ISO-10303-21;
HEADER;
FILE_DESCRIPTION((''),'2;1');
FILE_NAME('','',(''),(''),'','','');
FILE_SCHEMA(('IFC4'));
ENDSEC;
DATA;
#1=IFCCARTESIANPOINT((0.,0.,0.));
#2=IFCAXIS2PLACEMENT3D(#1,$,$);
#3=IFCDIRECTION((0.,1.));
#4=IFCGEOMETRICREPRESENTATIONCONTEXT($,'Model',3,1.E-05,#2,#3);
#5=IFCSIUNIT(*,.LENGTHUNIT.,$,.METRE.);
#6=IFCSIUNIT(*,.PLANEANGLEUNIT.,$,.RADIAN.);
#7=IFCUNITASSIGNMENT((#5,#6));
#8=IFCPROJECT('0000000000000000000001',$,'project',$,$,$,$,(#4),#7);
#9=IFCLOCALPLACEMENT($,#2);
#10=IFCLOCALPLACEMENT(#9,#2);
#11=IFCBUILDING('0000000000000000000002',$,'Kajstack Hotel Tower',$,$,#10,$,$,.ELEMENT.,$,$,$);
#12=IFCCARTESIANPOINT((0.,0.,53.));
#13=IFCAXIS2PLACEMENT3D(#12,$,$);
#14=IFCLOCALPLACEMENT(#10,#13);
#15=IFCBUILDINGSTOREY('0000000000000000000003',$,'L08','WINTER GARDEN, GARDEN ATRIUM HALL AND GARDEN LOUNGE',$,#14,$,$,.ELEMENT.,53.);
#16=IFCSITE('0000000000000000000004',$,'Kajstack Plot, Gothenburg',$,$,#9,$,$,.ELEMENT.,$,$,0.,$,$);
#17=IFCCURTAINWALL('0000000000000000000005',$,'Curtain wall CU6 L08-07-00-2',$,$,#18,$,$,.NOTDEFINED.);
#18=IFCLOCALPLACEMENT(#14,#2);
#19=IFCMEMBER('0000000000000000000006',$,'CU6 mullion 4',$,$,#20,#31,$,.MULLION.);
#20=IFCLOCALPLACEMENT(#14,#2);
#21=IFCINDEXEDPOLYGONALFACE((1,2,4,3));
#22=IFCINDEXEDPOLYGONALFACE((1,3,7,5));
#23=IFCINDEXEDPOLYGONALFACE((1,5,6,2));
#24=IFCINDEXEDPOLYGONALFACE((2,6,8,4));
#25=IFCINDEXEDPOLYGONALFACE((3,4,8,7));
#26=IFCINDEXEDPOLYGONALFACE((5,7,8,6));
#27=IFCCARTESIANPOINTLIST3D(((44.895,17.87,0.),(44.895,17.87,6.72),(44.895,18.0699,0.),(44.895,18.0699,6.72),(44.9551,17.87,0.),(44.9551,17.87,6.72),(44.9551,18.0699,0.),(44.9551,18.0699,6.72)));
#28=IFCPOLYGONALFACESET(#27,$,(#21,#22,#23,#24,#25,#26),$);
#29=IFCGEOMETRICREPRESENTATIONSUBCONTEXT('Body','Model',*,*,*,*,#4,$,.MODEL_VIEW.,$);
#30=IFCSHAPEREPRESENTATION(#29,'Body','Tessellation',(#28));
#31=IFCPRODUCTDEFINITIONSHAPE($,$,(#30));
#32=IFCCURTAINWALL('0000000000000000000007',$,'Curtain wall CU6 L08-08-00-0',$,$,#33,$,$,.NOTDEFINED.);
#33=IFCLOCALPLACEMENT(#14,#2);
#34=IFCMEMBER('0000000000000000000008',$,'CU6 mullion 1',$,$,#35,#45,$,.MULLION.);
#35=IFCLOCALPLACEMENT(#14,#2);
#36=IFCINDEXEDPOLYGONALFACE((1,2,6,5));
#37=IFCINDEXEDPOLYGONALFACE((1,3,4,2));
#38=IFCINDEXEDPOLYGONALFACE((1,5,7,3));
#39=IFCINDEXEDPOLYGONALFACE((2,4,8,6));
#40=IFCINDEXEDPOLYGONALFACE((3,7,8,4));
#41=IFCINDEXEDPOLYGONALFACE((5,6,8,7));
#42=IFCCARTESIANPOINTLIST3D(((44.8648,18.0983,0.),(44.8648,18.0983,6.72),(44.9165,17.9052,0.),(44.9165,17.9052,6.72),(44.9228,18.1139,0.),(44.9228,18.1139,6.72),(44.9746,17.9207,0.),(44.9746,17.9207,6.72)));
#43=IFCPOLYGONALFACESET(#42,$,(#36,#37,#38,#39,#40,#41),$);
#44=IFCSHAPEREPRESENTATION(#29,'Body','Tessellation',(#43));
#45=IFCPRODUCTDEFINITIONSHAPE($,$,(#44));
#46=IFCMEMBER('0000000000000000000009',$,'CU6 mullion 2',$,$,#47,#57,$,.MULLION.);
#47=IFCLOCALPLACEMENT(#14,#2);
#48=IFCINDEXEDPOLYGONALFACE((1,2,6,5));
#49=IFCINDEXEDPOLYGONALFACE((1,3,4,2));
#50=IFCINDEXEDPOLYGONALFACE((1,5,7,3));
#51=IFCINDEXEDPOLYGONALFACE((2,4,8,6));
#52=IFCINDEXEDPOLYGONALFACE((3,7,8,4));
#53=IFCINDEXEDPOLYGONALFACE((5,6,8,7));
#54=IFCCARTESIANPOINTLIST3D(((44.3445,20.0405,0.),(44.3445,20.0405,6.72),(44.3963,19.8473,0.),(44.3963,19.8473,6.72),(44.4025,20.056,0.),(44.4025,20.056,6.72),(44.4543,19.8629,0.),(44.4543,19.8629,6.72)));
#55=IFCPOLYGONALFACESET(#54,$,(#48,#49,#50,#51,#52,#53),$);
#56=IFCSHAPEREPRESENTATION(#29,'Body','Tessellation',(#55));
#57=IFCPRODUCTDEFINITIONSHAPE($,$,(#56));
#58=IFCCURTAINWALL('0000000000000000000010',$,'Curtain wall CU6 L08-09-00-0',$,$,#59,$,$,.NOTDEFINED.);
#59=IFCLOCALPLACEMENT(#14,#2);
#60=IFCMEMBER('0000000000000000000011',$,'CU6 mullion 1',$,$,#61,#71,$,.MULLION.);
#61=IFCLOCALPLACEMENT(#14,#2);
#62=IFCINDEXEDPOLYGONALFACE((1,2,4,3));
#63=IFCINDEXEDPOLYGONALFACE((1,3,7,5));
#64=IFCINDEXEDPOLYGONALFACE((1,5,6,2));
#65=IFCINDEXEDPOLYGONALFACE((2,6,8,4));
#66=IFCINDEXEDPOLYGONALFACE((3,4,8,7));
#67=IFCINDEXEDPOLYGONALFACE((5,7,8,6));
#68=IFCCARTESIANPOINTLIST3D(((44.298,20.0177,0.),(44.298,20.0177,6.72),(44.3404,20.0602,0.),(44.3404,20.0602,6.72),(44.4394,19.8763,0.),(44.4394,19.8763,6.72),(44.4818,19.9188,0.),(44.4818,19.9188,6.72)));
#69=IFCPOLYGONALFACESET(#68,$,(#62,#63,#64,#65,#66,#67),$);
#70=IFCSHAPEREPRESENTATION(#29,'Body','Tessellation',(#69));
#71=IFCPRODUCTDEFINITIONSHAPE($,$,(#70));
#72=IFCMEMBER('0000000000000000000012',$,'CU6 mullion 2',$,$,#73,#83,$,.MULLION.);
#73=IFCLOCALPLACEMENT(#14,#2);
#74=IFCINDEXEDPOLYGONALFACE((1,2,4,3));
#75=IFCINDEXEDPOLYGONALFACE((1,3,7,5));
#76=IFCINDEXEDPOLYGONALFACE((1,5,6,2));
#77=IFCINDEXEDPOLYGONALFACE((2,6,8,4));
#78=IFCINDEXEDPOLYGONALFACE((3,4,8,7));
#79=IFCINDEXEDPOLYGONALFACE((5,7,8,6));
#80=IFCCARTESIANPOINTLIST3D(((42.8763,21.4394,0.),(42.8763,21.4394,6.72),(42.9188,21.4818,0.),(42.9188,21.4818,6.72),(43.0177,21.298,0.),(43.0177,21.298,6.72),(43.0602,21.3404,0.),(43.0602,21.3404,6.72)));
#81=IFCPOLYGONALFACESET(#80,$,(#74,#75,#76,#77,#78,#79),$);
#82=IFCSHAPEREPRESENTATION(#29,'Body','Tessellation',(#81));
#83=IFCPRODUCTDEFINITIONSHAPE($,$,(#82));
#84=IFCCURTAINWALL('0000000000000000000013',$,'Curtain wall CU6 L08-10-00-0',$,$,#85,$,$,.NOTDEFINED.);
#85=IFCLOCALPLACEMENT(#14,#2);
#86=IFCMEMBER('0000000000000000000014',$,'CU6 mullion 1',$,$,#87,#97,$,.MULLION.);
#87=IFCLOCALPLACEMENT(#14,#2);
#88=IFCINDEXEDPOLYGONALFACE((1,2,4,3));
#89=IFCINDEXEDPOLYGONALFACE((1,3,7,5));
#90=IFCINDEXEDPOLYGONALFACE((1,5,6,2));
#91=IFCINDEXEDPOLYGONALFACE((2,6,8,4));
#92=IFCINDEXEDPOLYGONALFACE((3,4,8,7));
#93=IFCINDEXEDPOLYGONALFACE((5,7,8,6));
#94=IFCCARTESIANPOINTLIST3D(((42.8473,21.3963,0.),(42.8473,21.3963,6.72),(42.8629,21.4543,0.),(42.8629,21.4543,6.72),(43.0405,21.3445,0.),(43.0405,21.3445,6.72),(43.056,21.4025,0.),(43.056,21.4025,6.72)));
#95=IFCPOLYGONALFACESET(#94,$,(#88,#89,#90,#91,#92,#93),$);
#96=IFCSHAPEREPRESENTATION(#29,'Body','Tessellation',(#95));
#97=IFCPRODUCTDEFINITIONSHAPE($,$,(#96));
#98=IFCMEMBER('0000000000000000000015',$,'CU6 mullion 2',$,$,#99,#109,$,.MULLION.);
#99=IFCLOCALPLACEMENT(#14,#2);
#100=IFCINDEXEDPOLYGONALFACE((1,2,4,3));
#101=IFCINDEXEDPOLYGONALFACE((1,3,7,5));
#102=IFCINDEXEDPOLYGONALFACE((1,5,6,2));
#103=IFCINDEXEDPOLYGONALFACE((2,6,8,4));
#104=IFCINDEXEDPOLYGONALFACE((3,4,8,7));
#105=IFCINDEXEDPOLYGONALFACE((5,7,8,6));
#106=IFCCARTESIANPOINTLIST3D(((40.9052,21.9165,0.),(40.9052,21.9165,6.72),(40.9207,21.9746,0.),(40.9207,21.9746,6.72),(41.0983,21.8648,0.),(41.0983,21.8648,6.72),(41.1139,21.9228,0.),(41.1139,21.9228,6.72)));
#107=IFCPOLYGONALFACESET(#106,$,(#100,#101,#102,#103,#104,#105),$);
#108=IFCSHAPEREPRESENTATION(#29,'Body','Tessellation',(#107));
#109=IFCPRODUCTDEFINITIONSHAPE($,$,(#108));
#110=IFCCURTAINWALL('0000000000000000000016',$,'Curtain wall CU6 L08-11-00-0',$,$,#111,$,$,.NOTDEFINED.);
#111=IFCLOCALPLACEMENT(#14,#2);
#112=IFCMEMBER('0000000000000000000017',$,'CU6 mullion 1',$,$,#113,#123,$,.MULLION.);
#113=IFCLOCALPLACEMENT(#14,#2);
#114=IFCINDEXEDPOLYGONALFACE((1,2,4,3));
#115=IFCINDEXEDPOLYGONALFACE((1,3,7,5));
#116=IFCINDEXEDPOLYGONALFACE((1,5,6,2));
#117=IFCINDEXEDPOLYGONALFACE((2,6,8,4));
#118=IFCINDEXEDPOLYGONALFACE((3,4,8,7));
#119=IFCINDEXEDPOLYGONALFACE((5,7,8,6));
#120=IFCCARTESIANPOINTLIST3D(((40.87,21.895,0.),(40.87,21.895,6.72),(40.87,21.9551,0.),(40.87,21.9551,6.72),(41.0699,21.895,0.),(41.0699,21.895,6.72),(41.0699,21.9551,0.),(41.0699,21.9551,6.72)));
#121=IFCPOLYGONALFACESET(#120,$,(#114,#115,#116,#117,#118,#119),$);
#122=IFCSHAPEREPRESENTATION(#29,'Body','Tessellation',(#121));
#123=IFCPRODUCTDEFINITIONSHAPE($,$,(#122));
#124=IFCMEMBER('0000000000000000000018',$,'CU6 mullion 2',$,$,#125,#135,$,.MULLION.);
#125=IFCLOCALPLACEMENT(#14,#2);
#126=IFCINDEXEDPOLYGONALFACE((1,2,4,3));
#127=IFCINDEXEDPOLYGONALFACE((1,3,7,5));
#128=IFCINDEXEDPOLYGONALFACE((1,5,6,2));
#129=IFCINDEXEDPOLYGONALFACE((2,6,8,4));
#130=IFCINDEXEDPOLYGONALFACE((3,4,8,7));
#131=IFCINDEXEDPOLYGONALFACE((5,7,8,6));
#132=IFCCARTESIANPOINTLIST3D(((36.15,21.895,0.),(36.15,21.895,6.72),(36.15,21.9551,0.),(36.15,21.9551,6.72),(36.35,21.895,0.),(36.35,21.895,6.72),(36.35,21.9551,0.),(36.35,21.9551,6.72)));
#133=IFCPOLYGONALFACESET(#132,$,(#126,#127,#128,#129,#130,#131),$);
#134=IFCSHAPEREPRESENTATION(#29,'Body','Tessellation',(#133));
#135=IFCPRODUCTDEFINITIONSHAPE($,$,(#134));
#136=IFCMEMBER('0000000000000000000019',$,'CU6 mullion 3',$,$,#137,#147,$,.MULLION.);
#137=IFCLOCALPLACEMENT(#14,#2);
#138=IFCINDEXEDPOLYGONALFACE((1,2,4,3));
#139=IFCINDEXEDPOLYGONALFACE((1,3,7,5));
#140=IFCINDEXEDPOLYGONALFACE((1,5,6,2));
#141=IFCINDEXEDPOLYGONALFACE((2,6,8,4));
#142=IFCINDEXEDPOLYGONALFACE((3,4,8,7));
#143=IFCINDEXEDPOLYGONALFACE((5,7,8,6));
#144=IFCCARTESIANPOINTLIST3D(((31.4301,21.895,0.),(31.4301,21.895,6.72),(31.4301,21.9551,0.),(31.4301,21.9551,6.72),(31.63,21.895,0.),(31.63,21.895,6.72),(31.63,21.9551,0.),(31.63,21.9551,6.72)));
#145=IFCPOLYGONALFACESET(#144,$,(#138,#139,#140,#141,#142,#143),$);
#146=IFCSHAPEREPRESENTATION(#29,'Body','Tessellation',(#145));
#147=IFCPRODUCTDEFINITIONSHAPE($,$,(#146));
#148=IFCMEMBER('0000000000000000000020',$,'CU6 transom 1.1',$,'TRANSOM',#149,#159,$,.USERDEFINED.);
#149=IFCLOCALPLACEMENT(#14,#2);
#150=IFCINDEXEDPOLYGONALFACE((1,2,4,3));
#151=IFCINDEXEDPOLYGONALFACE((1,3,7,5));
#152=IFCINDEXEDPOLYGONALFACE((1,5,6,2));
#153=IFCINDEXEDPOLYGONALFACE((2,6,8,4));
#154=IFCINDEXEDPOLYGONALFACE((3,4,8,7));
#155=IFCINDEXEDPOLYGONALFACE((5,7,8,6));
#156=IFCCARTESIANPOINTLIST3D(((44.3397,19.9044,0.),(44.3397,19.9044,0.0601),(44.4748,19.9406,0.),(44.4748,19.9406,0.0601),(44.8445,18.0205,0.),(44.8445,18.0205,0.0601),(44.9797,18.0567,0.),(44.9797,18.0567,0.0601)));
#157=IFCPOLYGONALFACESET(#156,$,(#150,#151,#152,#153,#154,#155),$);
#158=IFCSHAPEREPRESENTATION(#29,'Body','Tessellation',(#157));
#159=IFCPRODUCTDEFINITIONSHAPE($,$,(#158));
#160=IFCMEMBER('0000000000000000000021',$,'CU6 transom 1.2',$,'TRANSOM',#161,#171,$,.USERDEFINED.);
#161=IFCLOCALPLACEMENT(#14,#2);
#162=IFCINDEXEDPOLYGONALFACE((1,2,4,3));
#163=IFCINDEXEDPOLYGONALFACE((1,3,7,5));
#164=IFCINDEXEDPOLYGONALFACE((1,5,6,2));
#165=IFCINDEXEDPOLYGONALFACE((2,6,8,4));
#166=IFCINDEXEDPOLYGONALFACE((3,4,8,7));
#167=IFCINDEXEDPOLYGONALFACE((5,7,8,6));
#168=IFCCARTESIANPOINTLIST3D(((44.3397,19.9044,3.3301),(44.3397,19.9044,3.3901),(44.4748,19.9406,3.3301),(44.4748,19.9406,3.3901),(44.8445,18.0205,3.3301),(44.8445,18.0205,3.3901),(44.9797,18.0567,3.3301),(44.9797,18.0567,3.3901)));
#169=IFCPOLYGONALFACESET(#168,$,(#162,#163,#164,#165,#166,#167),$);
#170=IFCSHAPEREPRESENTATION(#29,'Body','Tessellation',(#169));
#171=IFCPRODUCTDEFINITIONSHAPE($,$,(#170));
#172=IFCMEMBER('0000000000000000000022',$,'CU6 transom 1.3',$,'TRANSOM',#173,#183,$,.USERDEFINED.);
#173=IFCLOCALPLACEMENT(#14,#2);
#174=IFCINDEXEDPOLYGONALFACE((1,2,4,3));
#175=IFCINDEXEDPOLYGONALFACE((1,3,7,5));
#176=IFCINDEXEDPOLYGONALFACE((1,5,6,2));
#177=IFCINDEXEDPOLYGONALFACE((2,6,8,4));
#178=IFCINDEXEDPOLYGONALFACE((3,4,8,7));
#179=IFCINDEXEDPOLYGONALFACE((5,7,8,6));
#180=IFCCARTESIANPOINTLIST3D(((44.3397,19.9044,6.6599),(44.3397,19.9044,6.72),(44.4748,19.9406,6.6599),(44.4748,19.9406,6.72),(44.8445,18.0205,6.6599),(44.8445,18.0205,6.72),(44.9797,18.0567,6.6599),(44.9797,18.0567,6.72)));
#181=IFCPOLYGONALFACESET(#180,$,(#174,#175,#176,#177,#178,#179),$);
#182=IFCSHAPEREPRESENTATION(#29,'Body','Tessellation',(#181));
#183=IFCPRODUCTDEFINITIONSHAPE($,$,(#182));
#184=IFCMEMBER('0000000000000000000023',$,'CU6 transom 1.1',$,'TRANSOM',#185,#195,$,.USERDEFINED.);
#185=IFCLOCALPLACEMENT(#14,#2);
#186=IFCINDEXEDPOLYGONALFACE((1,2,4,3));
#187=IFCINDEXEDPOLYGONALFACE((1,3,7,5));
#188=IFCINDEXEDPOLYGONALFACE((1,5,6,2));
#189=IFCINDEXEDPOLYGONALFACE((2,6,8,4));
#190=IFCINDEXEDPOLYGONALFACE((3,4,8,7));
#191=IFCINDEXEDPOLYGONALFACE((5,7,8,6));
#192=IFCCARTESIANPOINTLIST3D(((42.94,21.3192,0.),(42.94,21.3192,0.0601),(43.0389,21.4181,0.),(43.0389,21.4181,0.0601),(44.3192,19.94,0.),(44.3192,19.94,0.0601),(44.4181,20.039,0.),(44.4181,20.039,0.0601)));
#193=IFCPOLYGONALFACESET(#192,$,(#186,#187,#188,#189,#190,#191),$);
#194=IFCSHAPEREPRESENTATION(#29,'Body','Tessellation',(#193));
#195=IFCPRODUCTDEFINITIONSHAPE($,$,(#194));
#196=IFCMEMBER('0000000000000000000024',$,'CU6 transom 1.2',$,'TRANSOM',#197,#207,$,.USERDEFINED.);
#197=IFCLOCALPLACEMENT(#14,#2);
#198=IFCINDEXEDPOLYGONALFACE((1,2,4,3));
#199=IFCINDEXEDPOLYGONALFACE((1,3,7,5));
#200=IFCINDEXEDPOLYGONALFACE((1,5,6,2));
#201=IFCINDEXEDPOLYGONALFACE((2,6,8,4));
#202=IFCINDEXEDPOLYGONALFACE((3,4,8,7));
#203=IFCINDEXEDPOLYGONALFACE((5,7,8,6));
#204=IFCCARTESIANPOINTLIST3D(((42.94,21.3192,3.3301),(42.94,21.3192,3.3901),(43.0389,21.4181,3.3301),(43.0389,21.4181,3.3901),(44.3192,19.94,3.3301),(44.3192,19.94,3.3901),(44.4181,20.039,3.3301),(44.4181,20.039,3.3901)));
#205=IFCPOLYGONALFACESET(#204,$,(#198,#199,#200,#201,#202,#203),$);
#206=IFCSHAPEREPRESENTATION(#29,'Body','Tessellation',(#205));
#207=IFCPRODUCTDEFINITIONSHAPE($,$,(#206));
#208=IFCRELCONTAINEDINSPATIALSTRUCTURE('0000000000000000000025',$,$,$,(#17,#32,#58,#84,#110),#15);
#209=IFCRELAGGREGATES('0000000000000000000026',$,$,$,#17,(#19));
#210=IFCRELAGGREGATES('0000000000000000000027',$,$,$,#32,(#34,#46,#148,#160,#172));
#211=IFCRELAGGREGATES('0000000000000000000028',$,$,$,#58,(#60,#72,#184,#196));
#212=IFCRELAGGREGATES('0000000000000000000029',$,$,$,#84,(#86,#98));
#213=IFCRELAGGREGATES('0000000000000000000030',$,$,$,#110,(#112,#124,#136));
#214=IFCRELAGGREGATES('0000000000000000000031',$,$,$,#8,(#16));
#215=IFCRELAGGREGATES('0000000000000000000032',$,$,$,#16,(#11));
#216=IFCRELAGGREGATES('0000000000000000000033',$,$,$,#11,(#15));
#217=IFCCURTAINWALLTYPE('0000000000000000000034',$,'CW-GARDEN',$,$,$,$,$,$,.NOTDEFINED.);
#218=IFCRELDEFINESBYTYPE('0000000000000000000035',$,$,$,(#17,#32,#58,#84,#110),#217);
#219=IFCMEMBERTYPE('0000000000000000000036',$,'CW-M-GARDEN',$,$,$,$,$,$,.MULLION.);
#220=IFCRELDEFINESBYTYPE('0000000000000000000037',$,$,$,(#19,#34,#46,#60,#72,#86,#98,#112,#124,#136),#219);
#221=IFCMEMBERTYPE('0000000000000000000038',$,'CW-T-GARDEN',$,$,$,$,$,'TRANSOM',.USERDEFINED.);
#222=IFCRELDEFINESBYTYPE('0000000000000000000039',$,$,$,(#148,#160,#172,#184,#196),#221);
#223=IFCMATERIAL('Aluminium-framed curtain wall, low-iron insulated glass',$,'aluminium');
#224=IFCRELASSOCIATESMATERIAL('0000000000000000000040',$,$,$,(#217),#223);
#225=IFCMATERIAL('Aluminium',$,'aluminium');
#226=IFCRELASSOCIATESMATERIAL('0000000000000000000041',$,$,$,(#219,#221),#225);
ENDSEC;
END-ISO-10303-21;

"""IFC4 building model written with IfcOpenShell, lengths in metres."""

from ifc_helpers import new_model, si_unit, direction, frame, origin, origin_2d, place, context, subcontext, project, spatial, rectangle, extrude, material, material_profile, profile_set, type_object, element, aggregate, save


model = new_model("IFC4")

# Units and contexts
model_context = context("Model", 3, precision=1e-05, world=origin(), true_north=direction((0.0, 1.0)))
body_context = subcontext(model_context, "Body", "Model", "MODEL_VIEW")
ifc_project = project(units=[si_unit("LENGTHUNIT", "METRE"), si_unit("PLANEANGLEUNIT", "RADIAN")], contexts=[model_context])

# Site, building, storey
site_placement = place(None, origin())
site = spatial("IfcSite", under=ifc_project, at=site_placement, Name="Kajstack Plot, Gothenburg", CompositionType="ELEMENT", RefElevation=0.0)
building_placement = place(site_placement, origin())
building = spatial("IfcBuilding", under=site, at=building_placement, Name="Kajstack Hotel Tower", CompositionType="ELEMENT")
storey_placement = place(building_placement, frame((0.0, 0.0, 53.0)))
storey = spatial("IfcBuildingStorey", under=building, at=storey_placement, Name="L08", Description="WINTER GARDEN, GARDEN ATRIUM HALL AND GARDEN LOUNGE", CompositionType="ELEMENT", Elevation=53.0)

# Curtain wall, member
ifc_material_1 = material(Name="Aluminium-framed curtain wall, low-iron insulated glass", Category="aluminium")
curtain_wall_type = type_object("IfcCurtainWallType", Name="CW-GARDEN", PredefinedType="NOTDEFINED", material=ifc_material_1)
curtain_wall_1_placement = place(storey_placement, origin())
curtain_wall_1 = element("IfcCurtainWall", 1, at=curtain_wall_1_placement, inside=storey, type_object=curtain_wall_type, Name="Curtain wall CU6 L08-07-00-2", PredefinedType="NOTDEFINED")
ifc_material_2 = material(Name="Aluminium", Category="aluminium")
ifc_material_profile_1 = material_profile(ifc_material_2, rectangle(XDim=0.0601, YDim=0.2, at=origin_2d()), Name="Aluminium mullion 60 x 200")
ifc_profile_set_1 = profile_set([ifc_material_profile_1], Name="Aluminium")
member_type_1 = type_object("IfcMemberType", Name="CW-M-GARDEN", PredefinedType="MULLION", material=ifc_profile_set_1)
member_1_placement = place(storey_placement, frame((44.925, 17.97, 0.0), z_axis=(0.0, 0.0, 1.0), x_axis=(-1.0, 0.0, 0.0)))
member_1 = element("IfcMember", 2, at=member_1_placement, type_object=member_type_1, Name="CU6 mullion 4", PredefinedType="MULLION", context=body_context, shape_type="SweptSolid", body=[
    extrude(rectangle(XDim=0.0601, YDim=0.2, at=origin_2d()), origin(), (0.0, 0.0, 1.0), 6.72),
])
aggregate(curtain_wall_1, [member_1])

# Curtain walls, members
curtain_wall_2_placement = place(storey_placement, origin())
curtain_wall_2 = element("IfcCurtainWall", 3, at=curtain_wall_2_placement, inside=storey, type_object=curtain_wall_type, Name="Curtain wall CU6 L08-08-00-0", PredefinedType="NOTDEFINED")
member_2_placement = place(storey_placement, frame((44.9197, 18.0095, 0.0), z_axis=(0.0, 0.0, 1.0), x_axis=(-0.965926, -0.25882, 0.0)))
member_2 = element("IfcMember", 4, at=member_2_placement, type_object=member_type_1, Name="CU6 mullion 1", PredefinedType="MULLION", context=body_context, shape_type="SweptSolid", body=[
    extrude(rectangle(XDim=0.0601, YDim=0.2, at=origin_2d()), origin(), (0.0, 0.0, 1.0), 6.72),
])
member_3_placement = place(storey_placement, frame((44.3994, 19.9517, 0.0), z_axis=(0.0, 0.0, 1.0), x_axis=(-0.965926, -0.25882, 0.0)))
member_3 = element("IfcMember", 5, at=member_3_placement, type_object=member_type_1, Name="CU6 mullion 2", PredefinedType="MULLION", context=body_context, shape_type="SweptSolid", body=[
    extrude(rectangle(XDim=0.0601, YDim=0.2, at=origin_2d()), origin(), (0.0, 0.0, 1.0), 6.72),
])
curtain_wall_3_placement = place(storey_placement, origin())
curtain_wall_3 = element("IfcCurtainWall", 6, at=curtain_wall_3_placement, inside=storey, type_object=curtain_wall_type, Name="Curtain wall CU6 L08-09-00-0", PredefinedType="NOTDEFINED")
member_4_placement = place(storey_placement, frame((44.3899, 19.9683, 0.0), z_axis=(0.0, 0.0, 1.0), x_axis=(-0.707107, -0.707107, 0.0)))
member_4 = element("IfcMember", 7, at=member_4_placement, type_object=member_type_1, Name="CU6 mullion 1", PredefinedType="MULLION", context=body_context, shape_type="SweptSolid", body=[
    extrude(rectangle(XDim=0.0601, YDim=0.2, at=origin_2d()), origin(), (0.0, 0.0, 1.0), 6.72),
])
member_5_placement = place(storey_placement, frame((42.9683, 21.3899, 0.0), z_axis=(0.0, 0.0, 1.0), x_axis=(-0.707107, -0.707107, 0.0)))
member_5 = element("IfcMember", 8, at=member_5_placement, type_object=member_type_1, Name="CU6 mullion 2", PredefinedType="MULLION", context=body_context, shape_type="SweptSolid", body=[
    extrude(rectangle(XDim=0.0601, YDim=0.2, at=origin_2d()), origin(), (0.0, 0.0, 1.0), 6.72),
])
curtain_wall_4_placement = place(storey_placement, origin())
curtain_wall_4 = element("IfcCurtainWall", 9, at=curtain_wall_4_placement, inside=storey, type_object=curtain_wall_type, Name="Curtain wall CU6 L08-10-00-0", PredefinedType="NOTDEFINED")
member_6_placement = place(storey_placement, frame((42.9517, 21.3994, 0.0), z_axis=(0.0, 0.0, 1.0), x_axis=(-0.25882, -0.965926, 0.0)))
member_6 = element("IfcMember", 10, at=member_6_placement, type_object=member_type_1, Name="CU6 mullion 1", PredefinedType="MULLION", context=body_context, shape_type="SweptSolid", body=[
    extrude(rectangle(XDim=0.0601, YDim=0.2, at=origin_2d()), origin(), (0.0, 0.0, 1.0), 6.72),
])
member_7_placement = place(storey_placement, frame((41.0095, 21.9197, 0.0), z_axis=(0.0, 0.0, 1.0), x_axis=(-0.25882, -0.965926, 0.0)))
member_7 = element("IfcMember", 11, at=member_7_placement, type_object=member_type_1, Name="CU6 mullion 2", PredefinedType="MULLION", context=body_context, shape_type="SweptSolid", body=[
    extrude(rectangle(XDim=0.0601, YDim=0.2, at=origin_2d()), origin(), (0.0, 0.0, 1.0), 6.72),
])
curtain_wall_5_placement = place(storey_placement, origin())
curtain_wall_5 = element("IfcCurtainWall", 12, at=curtain_wall_5_placement, inside=storey, type_object=curtain_wall_type, Name="Curtain wall CU6 L08-11-00-0", PredefinedType="NOTDEFINED")
member_8_placement = place(storey_placement, frame((40.97, 21.925, 0.0), z_axis=(0.0, 0.0, 1.0), x_axis=(0.0, -1.0, 0.0)))
member_8 = element("IfcMember", 13, at=member_8_placement, type_object=member_type_1, Name="CU6 mullion 1", PredefinedType="MULLION", context=body_context, shape_type="SweptSolid", body=[
    extrude(rectangle(XDim=0.0601, YDim=0.2, at=origin_2d()), origin(), (0.0, 0.0, 1.0), 6.72),
])
member_9_placement = place(storey_placement, frame((36.25, 21.925, 0.0), z_axis=(0.0, 0.0, 1.0), x_axis=(0.0, -1.0, 0.0)))
member_9 = element("IfcMember", 14, at=member_9_placement, type_object=member_type_1, Name="CU6 mullion 2", PredefinedType="MULLION", context=body_context, shape_type="SweptSolid", body=[
    extrude(rectangle(XDim=0.0601, YDim=0.2, at=origin_2d()), origin(), (0.0, 0.0, 1.0), 6.72),
])
member_10_placement = place(storey_placement, frame((31.53, 21.925, 0.0), z_axis=(0.0, 0.0, 1.0), x_axis=(0.0, -1.0, 0.0)))
member_10 = element("IfcMember", 15, at=member_10_placement, type_object=member_type_1, Name="CU6 mullion 3", PredefinedType="MULLION", context=body_context, shape_type="SweptSolid", body=[
    extrude(rectangle(XDim=0.0601, YDim=0.2, at=origin_2d()), origin(), (0.0, 0.0, 1.0), 6.72),
])

# Members
ifc_material_profile_2 = material_profile(ifc_material_2, rectangle(XDim=0.1399, YDim=0.0601, at=origin_2d()), Name="Aluminium transom 140 x 60")
ifc_profile_set_2 = profile_set([ifc_material_profile_2], Name="Aluminium")
member_type_2 = type_object("IfcMemberType", Name="CW-T-GARDEN", ElementType="TRANSOM", PredefinedType="USERDEFINED", material=ifc_profile_set_2)
member_11_placement = place(storey_placement, frame((44.9121, 18.0386, 0.03), z_axis=(-0.258847, 0.965918, 0.0), x_axis=(-0.965918, -0.258847, 0.0)))
member_11 = element("IfcMember", 16, at=member_11_placement, type_object=member_type_2, Name="CU6 transom 1.1", ObjectType="TRANSOM", PredefinedType="USERDEFINED", context=body_context, shape_type="SweptSolid", body=[
    extrude(rectangle(XDim=0.1399, YDim=0.0601, at=origin_2d()), origin(), (0.0, 0.0, 1.0), 1.9504),
])
member_12_placement = place(storey_placement, frame((44.9121, 18.0386, 3.3601), z_axis=(-0.258847, 0.965918, 0.0), x_axis=(-0.965918, -0.258847, 0.0)))
member_12 = element("IfcMember", 17, at=member_12_placement, type_object=member_type_2, Name="CU6 transom 1.2", ObjectType="TRANSOM", PredefinedType="USERDEFINED", context=body_context, shape_type="SweptSolid", body=[
    extrude(rectangle(XDim=0.1399, YDim=0.0601, at=origin_2d()), origin(), (0.0, 0.0, 1.0), 1.9504),
])
member_13_placement = place(storey_placement, frame((44.9121, 18.0386, 6.6899), z_axis=(-0.258847, 0.965918, 0.0), x_axis=(-0.965918, -0.258847, 0.0)))
member_13 = element("IfcMember", 18, at=member_13_placement, type_object=member_type_2, Name="CU6 transom 1.3", ObjectType="TRANSOM", PredefinedType="USERDEFINED", context=body_context, shape_type="SweptSolid", body=[
    extrude(rectangle(XDim=0.1399, YDim=0.0601, at=origin_2d()), origin(), (0.0, 0.0, 1.0), 1.9504),
])
member_14_placement = place(storey_placement, frame((44.3687, 19.9895, 0.03), z_axis=(-0.707107, 0.707107, 0.0), x_axis=(-0.707107, -0.707107, 0.0)))
member_14 = element("IfcMember", 19, at=member_14_placement, type_object=member_type_2, Name="CU6 transom 1.1", ObjectType="TRANSOM", PredefinedType="USERDEFINED", context=body_context, shape_type="SweptSolid", body=[
    extrude(rectangle(XDim=0.1399, YDim=0.0601, at=origin_2d()), origin(), (0.0, 0.0, 1.0), 1.9504),
])
member_15_placement = place(storey_placement, frame((44.3687, 19.9895, 3.3601), z_axis=(-0.707107, 0.707107, 0.0), x_axis=(-0.707107, -0.707107, 0.0)))
member_15 = element("IfcMember", 20, at=member_15_placement, type_object=member_type_2, Name="CU6 transom 1.2", ObjectType="TRANSOM", PredefinedType="USERDEFINED", context=body_context, shape_type="SweptSolid", body=[
    extrude(rectangle(XDim=0.1399, YDim=0.0601, at=origin_2d()), origin(), (0.0, 0.0, 1.0), 1.9504),
])

aggregate(curtain_wall_2, [member_2, member_3, member_11, member_12, member_13])
aggregate(curtain_wall_3, [member_4, member_5, member_14, member_15])
aggregate(curtain_wall_4, [member_6, member_7])
aggregate(curtain_wall_5, [member_8, member_9, member_10])

save(model, "model.ifc")
